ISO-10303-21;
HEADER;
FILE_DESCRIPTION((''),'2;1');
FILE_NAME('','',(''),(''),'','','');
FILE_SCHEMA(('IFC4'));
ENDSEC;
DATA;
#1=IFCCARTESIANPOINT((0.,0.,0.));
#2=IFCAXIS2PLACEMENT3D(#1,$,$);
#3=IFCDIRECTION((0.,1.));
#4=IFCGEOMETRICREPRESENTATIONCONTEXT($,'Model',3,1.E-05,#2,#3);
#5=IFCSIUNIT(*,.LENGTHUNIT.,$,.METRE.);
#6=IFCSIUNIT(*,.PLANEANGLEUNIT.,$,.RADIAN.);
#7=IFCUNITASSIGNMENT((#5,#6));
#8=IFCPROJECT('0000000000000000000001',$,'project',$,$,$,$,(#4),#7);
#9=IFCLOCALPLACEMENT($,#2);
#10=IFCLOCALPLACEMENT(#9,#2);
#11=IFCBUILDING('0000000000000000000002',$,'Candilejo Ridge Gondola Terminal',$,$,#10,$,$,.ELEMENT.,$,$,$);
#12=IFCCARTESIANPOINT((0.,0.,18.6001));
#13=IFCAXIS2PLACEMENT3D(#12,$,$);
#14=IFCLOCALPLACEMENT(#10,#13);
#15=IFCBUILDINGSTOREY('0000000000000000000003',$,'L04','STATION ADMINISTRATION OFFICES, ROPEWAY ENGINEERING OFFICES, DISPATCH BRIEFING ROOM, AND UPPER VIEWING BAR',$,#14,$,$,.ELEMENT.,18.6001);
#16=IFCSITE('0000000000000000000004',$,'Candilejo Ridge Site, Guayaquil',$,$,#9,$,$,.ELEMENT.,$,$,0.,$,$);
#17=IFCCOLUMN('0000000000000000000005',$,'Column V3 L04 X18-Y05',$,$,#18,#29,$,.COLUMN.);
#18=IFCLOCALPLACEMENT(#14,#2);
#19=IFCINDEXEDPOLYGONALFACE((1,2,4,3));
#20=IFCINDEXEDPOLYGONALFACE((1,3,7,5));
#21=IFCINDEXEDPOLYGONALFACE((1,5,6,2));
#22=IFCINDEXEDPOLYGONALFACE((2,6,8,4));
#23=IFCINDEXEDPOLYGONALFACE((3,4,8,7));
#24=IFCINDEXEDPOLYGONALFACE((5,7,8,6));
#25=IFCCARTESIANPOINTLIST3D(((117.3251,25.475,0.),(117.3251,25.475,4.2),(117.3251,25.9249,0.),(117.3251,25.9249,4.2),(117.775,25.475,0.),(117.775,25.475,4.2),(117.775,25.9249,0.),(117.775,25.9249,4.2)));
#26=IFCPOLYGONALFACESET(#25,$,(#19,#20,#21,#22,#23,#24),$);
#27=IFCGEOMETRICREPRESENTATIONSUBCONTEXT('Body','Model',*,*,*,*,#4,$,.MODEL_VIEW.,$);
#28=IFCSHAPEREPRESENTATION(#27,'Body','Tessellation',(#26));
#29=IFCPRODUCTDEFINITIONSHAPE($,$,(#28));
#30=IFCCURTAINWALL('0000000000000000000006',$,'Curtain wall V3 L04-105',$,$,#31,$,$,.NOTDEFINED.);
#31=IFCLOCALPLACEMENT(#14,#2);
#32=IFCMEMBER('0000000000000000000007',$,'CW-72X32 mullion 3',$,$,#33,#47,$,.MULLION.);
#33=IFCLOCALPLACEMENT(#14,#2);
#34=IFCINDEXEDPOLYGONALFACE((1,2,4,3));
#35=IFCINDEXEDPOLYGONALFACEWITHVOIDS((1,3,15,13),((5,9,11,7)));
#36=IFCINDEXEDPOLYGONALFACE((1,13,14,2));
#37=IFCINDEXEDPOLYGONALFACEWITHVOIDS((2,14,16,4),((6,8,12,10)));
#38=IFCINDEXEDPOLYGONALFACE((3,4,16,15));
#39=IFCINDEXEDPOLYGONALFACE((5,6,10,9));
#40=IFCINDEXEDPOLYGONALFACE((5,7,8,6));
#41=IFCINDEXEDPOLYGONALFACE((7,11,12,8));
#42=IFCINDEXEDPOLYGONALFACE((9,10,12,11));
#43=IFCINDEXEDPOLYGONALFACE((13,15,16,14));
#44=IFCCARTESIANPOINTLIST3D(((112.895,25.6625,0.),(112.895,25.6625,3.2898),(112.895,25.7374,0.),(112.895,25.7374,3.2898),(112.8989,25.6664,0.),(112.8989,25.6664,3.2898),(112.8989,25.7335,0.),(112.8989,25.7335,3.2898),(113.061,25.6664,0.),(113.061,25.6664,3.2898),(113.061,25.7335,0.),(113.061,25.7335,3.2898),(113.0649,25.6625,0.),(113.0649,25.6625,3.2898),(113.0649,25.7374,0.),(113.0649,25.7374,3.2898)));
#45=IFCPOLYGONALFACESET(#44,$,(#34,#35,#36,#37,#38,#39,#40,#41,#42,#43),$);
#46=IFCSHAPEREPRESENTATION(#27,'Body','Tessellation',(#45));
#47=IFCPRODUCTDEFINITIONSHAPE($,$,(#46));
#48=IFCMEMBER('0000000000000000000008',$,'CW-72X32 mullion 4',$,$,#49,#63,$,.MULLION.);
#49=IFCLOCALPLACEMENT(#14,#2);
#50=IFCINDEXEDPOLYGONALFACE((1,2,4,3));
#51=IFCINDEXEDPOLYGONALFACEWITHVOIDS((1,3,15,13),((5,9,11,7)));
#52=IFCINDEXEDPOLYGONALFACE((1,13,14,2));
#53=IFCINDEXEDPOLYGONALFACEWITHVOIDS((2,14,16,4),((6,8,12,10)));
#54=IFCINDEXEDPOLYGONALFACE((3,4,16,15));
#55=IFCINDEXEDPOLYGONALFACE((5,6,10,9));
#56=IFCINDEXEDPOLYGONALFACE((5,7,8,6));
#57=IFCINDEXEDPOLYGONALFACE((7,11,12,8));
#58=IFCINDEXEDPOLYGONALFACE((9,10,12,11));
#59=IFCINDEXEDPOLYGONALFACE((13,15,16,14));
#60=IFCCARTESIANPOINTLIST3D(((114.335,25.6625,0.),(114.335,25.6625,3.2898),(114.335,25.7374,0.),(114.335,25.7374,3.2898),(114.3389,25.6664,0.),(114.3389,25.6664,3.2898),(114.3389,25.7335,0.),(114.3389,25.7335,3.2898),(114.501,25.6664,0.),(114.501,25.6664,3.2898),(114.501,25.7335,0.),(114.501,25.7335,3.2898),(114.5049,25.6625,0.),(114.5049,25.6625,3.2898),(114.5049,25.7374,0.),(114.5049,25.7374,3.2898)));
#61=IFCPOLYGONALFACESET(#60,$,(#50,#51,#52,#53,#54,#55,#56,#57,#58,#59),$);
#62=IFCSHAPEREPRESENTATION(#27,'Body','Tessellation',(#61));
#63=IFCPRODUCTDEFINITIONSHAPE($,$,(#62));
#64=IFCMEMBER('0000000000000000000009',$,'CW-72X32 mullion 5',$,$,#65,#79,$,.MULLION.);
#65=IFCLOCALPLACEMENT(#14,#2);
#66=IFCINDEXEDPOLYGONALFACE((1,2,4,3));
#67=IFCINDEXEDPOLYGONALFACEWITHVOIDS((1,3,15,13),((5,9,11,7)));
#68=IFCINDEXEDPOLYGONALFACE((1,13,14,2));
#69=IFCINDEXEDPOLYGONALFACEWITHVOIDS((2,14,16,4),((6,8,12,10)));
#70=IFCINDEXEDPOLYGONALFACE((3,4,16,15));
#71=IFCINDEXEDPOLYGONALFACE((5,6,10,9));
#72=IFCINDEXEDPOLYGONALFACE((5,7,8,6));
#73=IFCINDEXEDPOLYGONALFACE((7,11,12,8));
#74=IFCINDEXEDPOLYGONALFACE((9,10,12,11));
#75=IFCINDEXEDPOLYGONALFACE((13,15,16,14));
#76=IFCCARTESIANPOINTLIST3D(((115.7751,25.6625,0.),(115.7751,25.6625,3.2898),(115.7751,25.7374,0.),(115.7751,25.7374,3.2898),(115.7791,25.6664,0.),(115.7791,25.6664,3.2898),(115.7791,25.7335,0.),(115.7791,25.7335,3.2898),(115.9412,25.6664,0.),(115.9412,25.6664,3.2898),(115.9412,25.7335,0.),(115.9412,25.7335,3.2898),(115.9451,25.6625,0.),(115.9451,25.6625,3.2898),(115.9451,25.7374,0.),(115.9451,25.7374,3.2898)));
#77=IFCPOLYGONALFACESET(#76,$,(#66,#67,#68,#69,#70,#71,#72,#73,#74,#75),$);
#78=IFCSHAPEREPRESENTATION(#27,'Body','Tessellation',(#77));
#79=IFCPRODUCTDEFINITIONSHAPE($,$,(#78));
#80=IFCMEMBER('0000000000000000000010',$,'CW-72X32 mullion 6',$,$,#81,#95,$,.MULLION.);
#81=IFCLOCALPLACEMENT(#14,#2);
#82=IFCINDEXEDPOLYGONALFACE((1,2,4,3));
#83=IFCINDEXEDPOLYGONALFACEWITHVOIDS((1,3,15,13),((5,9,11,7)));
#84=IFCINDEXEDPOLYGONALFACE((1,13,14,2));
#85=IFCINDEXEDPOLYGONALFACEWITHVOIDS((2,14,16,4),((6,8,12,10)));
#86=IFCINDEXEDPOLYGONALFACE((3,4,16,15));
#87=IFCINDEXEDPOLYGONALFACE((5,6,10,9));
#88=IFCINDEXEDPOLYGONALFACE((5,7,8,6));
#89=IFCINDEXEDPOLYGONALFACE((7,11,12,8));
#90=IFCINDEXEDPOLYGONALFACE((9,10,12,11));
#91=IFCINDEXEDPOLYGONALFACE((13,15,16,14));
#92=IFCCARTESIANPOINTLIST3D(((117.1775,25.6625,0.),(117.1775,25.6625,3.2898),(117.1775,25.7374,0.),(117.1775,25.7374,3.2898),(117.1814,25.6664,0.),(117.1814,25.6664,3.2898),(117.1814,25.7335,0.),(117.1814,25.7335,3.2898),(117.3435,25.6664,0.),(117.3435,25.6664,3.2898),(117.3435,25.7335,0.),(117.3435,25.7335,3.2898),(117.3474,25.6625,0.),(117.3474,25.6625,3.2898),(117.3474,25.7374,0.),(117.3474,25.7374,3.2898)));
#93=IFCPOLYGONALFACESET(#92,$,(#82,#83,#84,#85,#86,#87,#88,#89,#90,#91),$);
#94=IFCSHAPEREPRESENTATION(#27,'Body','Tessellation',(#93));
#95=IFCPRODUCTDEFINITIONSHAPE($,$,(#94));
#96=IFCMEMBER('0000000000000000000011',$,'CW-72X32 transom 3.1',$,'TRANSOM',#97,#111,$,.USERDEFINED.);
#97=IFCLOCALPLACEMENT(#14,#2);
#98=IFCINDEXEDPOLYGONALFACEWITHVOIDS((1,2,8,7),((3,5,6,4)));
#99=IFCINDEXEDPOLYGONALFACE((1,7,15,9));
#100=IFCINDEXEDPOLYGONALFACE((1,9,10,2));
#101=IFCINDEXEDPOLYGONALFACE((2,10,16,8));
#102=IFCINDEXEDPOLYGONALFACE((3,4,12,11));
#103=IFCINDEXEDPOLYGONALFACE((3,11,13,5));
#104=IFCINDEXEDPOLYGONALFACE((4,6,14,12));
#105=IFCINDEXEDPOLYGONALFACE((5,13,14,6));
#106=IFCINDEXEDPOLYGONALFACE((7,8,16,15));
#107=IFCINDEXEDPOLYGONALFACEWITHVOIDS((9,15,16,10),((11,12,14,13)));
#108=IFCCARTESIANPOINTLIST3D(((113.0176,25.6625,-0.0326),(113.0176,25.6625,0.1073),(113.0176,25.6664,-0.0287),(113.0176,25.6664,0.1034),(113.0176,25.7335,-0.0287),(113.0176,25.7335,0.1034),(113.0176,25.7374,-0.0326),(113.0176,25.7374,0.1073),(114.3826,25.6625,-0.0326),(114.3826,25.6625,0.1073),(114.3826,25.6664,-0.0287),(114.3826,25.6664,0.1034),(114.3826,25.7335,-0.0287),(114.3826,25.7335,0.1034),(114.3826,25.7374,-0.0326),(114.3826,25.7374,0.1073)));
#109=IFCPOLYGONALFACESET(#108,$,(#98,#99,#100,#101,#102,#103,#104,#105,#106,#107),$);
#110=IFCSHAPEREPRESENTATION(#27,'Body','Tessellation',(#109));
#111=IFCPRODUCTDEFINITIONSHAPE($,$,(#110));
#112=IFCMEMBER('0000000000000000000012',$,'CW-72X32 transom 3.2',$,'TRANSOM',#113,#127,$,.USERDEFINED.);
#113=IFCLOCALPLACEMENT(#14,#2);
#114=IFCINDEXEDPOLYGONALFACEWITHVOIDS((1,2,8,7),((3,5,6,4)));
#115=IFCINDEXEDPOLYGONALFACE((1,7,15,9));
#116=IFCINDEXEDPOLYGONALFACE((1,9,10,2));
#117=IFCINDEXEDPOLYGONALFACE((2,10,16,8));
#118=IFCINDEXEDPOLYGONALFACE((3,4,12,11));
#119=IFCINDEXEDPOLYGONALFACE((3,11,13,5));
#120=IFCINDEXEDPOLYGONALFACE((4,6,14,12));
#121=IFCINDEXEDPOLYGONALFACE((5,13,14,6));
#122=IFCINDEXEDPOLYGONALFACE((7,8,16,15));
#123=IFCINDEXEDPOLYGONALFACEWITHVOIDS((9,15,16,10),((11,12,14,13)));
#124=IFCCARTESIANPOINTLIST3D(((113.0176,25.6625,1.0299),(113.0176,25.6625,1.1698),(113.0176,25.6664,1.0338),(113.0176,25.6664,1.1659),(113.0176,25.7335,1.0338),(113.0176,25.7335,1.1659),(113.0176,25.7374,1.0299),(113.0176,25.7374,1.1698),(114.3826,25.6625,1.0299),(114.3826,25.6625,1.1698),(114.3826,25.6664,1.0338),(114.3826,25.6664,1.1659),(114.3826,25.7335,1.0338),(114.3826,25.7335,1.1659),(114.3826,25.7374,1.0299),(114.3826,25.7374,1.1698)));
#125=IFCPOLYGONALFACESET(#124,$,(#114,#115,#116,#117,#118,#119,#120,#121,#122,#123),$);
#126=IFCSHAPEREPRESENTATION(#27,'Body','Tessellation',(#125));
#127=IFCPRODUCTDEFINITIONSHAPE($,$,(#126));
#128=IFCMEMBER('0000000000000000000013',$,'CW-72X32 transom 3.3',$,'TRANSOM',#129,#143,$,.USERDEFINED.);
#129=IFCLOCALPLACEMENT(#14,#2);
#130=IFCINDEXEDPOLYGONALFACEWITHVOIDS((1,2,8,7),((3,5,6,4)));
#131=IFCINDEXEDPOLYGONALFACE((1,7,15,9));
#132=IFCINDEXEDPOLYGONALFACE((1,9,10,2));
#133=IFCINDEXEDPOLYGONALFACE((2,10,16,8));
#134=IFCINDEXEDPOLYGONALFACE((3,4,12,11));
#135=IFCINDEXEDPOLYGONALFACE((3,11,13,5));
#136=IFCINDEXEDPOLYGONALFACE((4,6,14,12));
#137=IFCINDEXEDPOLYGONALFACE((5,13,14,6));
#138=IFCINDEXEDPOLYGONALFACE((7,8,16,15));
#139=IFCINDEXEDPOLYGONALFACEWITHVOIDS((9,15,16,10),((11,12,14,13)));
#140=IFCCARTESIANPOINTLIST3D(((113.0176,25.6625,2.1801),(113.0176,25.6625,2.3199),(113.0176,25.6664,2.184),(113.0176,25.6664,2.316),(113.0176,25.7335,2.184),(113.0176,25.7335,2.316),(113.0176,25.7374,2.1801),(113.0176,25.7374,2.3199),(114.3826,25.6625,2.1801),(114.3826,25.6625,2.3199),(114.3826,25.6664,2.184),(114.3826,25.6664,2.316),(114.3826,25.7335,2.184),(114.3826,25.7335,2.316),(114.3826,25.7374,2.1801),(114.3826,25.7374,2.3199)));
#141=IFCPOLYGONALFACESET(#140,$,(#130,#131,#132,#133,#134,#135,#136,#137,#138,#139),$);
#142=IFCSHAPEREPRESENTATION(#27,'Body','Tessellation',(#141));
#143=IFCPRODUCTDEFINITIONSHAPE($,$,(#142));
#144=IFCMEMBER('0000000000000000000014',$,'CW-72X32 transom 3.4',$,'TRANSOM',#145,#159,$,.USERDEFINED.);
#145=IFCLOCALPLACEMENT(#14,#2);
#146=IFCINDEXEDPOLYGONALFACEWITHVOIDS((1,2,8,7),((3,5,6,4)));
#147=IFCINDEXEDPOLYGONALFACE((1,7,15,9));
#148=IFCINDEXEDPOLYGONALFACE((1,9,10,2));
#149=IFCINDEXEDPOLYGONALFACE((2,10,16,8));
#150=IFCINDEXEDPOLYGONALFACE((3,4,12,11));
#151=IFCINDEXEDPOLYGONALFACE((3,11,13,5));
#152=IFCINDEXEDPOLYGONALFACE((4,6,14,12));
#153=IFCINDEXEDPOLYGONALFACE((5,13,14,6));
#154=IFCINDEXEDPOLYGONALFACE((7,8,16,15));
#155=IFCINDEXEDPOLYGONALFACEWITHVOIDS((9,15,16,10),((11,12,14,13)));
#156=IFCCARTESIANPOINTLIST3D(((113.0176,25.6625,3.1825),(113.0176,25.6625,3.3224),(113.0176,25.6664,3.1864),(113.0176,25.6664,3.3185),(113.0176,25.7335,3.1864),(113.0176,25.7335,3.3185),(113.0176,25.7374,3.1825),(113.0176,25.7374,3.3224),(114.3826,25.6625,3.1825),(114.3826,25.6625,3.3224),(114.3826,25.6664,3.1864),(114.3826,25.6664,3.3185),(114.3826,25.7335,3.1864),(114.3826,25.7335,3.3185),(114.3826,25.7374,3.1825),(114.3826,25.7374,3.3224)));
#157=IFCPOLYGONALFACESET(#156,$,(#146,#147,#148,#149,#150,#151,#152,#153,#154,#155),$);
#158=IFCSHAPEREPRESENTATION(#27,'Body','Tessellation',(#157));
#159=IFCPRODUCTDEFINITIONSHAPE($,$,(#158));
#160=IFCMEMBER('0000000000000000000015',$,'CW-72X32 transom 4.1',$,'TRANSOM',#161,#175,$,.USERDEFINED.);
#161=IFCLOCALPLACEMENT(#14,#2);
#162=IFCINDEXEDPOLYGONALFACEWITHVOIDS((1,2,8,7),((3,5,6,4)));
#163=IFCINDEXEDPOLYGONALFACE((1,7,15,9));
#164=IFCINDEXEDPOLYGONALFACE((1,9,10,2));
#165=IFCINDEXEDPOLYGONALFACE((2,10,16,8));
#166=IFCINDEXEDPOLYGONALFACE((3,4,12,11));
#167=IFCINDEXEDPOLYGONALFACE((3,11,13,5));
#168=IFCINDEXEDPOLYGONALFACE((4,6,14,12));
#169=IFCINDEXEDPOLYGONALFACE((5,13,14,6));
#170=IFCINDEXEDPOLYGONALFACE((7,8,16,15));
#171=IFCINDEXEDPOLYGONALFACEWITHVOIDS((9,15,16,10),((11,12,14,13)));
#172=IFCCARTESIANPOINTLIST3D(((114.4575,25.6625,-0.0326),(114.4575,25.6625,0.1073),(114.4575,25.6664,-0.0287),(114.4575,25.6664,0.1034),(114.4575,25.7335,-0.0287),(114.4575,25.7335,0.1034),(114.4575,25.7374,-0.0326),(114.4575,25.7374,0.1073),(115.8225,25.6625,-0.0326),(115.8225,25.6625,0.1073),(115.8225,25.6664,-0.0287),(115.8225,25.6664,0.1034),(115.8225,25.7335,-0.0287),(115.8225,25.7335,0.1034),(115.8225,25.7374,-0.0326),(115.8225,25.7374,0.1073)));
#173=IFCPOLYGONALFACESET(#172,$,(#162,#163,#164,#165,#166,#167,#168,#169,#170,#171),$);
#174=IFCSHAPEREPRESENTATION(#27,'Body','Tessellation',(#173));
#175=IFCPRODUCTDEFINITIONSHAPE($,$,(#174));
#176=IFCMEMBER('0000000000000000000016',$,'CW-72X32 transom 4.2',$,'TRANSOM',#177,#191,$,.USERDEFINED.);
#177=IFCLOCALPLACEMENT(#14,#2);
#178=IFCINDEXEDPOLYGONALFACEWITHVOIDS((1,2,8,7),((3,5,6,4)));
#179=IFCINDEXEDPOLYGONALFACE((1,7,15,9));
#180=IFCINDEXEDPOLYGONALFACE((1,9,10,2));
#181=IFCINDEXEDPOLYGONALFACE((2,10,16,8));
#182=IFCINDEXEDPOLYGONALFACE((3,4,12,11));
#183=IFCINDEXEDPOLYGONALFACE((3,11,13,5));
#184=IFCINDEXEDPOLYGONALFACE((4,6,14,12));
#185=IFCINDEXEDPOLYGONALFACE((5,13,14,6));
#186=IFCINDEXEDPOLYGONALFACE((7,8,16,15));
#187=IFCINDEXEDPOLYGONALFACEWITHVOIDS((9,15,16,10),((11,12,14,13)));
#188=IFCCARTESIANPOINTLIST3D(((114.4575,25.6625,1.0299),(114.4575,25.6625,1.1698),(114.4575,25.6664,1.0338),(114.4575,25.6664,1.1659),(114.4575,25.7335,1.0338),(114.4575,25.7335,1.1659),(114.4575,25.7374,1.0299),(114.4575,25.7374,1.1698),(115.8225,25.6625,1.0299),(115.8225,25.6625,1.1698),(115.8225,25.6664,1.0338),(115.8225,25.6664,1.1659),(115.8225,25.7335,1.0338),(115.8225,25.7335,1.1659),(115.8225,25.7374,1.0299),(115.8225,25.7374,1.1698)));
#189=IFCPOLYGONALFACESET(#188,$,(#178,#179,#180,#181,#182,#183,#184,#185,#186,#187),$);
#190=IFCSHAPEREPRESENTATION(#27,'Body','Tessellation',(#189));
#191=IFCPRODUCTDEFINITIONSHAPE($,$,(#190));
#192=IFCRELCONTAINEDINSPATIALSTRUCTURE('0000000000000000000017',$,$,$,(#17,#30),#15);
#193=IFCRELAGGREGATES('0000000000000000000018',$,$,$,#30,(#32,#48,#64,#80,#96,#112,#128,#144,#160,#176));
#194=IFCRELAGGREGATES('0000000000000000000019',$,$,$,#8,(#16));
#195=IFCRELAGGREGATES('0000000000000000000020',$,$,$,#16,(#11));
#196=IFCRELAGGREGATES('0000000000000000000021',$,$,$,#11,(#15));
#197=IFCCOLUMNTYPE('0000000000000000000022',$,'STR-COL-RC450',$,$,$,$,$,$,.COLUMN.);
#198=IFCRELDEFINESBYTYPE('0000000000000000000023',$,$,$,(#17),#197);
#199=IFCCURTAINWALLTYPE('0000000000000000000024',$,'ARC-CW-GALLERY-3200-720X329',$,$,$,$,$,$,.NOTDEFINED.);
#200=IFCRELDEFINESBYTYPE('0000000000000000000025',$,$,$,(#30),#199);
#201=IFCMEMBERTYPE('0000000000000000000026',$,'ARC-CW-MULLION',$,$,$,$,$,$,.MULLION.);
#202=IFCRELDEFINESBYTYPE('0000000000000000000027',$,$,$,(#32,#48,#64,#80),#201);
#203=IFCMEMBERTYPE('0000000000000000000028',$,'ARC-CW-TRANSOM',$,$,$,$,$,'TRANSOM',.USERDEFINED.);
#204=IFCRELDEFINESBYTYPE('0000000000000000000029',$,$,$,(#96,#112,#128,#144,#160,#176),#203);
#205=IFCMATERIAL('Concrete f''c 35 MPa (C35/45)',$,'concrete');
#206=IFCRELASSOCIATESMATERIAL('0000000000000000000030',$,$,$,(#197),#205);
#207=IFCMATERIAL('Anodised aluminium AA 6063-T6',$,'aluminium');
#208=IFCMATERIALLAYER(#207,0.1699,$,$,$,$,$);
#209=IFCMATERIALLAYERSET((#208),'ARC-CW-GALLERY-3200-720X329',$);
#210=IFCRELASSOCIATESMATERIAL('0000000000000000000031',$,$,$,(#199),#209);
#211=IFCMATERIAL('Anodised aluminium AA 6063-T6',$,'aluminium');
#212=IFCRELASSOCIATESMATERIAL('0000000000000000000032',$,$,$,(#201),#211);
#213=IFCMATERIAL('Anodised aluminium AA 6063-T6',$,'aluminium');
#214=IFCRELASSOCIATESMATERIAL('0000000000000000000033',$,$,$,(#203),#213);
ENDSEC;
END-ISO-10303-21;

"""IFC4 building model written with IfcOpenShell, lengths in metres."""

from ifc_helpers import new_model, si_unit, direction, frame, origin, origin_2d, place, context, subcontext, project, spatial, rectangle, hollow_rectangle, extrude, material, layer, layer_set, material_profile, profile_set, type_object, element, aggregate, save


model = new_model("IFC4")

# Units and contexts
model_context = context("Model", 3, precision=1e-05, world=origin(), true_north=direction((0.0, 1.0)))
body_context = subcontext(model_context, "Body", "Model", "MODEL_VIEW")
ifc_project = project(units=[si_unit("LENGTHUNIT", "METRE"), si_unit("PLANEANGLEUNIT", "RADIAN")], contexts=[model_context])

# Site, building, storey
site_placement = place(None, origin())
site = spatial("IfcSite", under=ifc_project, at=site_placement, Name="Candilejo Ridge Site, Guayaquil", CompositionType="ELEMENT", RefElevation=0.0)
building_placement = place(site_placement, origin())
building = spatial("IfcBuilding", under=site, at=building_placement, Name="Candilejo Ridge Gondola Terminal", CompositionType="ELEMENT")
storey_placement = place(building_placement, frame((0.0, 0.0, 18.6001)))
storey = spatial("IfcBuildingStorey", under=building, at=storey_placement, Name="L04", Description="STATION ADMINISTRATION OFFICES, ROPEWAY ENGINEERING OFFICES, DISPATCH BRIEFING ROOM, AND UPPER VIEWING BAR", CompositionType="ELEMENT", Elevation=18.6001)

# Column
ifc_material_1 = material(Name="Concrete f'c 35 MPa (C35/45)", Category="concrete")
ifc_material_profile_1 = material_profile(ifc_material_1, rectangle(XDim=0.45, YDim=0.45, at=origin_2d()))
ifc_profile_set_1 = profile_set([ifc_material_profile_1], Name="Concrete f'c 35 MPa (C35/45)")
column_type = type_object("IfcColumnType", Name="STR-COL-RC450", PredefinedType="COLUMN", material=ifc_profile_set_1)
column_placement = place(storey_placement, frame((117.55, 25.7, 0.0), z_axis=(0.0, 0.0, 1.0), x_axis=(1.0, 0.0, 0.0)))
element("IfcColumn", 1, at=column_placement, inside=storey, type_object=column_type, Name="Column V3 L04 X18-Y05", PredefinedType="COLUMN", context=body_context, shape_type="SweptSolid", body=[
    extrude(rectangle(XDim=0.45, YDim=0.45, at=origin_2d()), origin(), (0.0, 0.0, 1.0), 4.2),
])

# Curtain wall, members
ifc_material_2 = material(Name="Anodised aluminium AA 6063-T6", Category="aluminium")
ifc_layer_1 = layer(ifc_material_2, 0.1699)
ifc_layer_set_1 = layer_set([ifc_layer_1], Name="ARC-CW-GALLERY-3200-720X329")
curtain_wall_type = type_object("IfcCurtainWallType", Name="ARC-CW-GALLERY-3200-720X329", PredefinedType="NOTDEFINED", material=ifc_layer_set_1)
curtain_wall_placement = place(storey_placement, origin())
curtain_wall = element("IfcCurtainWall", 2, at=curtain_wall_placement, inside=storey, type_object=curtain_wall_type, Name="Curtain wall V3 L04-105", PredefinedType="NOTDEFINED")
ifc_material_3 = material(Name="Anodised aluminium AA 6063-T6", Category="aluminium")
ifc_material_profile_2 = material_profile(ifc_material_3, hollow_rectangle(XDim=0.075, YDim=0.1699, WallThickness=0.0039, at=origin_2d()))
ifc_profile_set_2 = profile_set([ifc_material_profile_2], Name="Anodised aluminium AA 6063-T6")
member_type_1 = type_object("IfcMemberType", Name="ARC-CW-MULLION", PredefinedType="MULLION", material=ifc_profile_set_2)
member_1_placement = place(storey_placement, frame((112.98, 25.7, 0.0), z_axis=(0.0, 0.0, 1.0), x_axis=(0.0, 1.0, 0.0)))
member_1 = element("IfcMember", 3, at=member_1_placement, type_object=member_type_1, Name="CW-72X32 mullion 3", PredefinedType="MULLION", context=body_context, shape_type="SweptSolid", body=[
    extrude(hollow_rectangle(XDim=0.075, YDim=0.1699, WallThickness=0.0039, at=origin_2d()), origin(), (0.0, 0.0, 1.0), 3.2898),
])
member_2_placement = place(storey_placement, frame((114.4199, 25.7, 0.0), z_axis=(0.0, 0.0, 1.0), x_axis=(0.0, 1.0, 0.0)))
member_2 = element("IfcMember", 4, at=member_2_placement, type_object=member_type_1, Name="CW-72X32 mullion 4", PredefinedType="MULLION", context=body_context, shape_type="SweptSolid", body=[
    extrude(hollow_rectangle(XDim=0.075, YDim=0.1699, WallThickness=0.0039, at=origin_2d()), origin(), (0.0, 0.0, 1.0), 3.2898),
])
member_3_placement = place(storey_placement, frame((115.8601, 25.7, 0.0), z_axis=(0.0, 0.0, 1.0), x_axis=(0.0, 1.0, 0.0)))
member_3 = element("IfcMember", 5, at=member_3_placement, type_object=member_type_1, Name="CW-72X32 mullion 5", PredefinedType="MULLION", context=body_context, shape_type="SweptSolid", body=[
    extrude(hollow_rectangle(XDim=0.075, YDim=0.1699, WallThickness=0.0039, at=origin_2d()), origin(), (0.0, 0.0, 1.0), 3.2898),
])
member_4_placement = place(storey_placement, frame((117.2625, 25.7, 0.0), z_axis=(0.0, 0.0, 1.0), x_axis=(0.0, 1.0, 0.0)))
member_4 = element("IfcMember", 6, at=member_4_placement, type_object=member_type_1, Name="CW-72X32 mullion 6", PredefinedType="MULLION", context=body_context, shape_type="SweptSolid", body=[
    extrude(hollow_rectangle(XDim=0.075, YDim=0.1699, WallThickness=0.0039, at=origin_2d()), origin(), (0.0, 0.0, 1.0), 3.2898),
])
ifc_material_4 = material(Name="Anodised aluminium AA 6063-T6", Category="aluminium")
ifc_material_profile_3 = material_profile(ifc_material_4, hollow_rectangle(XDim=0.075, YDim=0.1399, WallThickness=0.0039, at=origin_2d()))
ifc_profile_set_3 = profile_set([ifc_material_profile_3], Name="Anodised aluminium AA 6063-T6")
member_type_2 = type_object("IfcMemberType", Name="ARC-CW-TRANSOM", ElementType="TRANSOM", PredefinedType="USERDEFINED", material=ifc_profile_set_3)
member_5_placement = place(storey_placement, frame((113.0176, 25.7, 0.0374), z_axis=(1.0, 0.0, 0.0), x_axis=(0.0, 1.0, 0.0)))
member_5 = element("IfcMember", 7, at=member_5_placement, type_object=member_type_2, Name="CW-72X32 transom 3.1", ObjectType="TRANSOM", PredefinedType="USERDEFINED", context=body_context, shape_type="SweptSolid", body=[
    extrude(hollow_rectangle(XDim=0.075, YDim=0.1399, WallThickness=0.0039, at=origin_2d()), origin(), (0.0, 0.0, 1.0), 1.365),
])
member_6_placement = place(storey_placement, frame((113.0176, 25.7, 1.0999), z_axis=(1.0, 0.0, 0.0), x_axis=(0.0, 1.0, 0.0)))
member_6 = element("IfcMember", 8, at=member_6_placement, type_object=member_type_2, Name="CW-72X32 transom 3.2", ObjectType="TRANSOM", PredefinedType="USERDEFINED", context=body_context, shape_type="SweptSolid", body=[
    extrude(hollow_rectangle(XDim=0.075, YDim=0.1399, WallThickness=0.0039, at=origin_2d()), origin(), (0.0, 0.0, 1.0), 1.365),
])
member_7_placement = place(storey_placement, frame((113.0176, 25.7, 2.25), z_axis=(1.0, 0.0, 0.0), x_axis=(0.0, 1.0, 0.0)))
member_7 = element("IfcMember", 9, at=member_7_placement, type_object=member_type_2, Name="CW-72X32 transom 3.3", ObjectType="TRANSOM", PredefinedType="USERDEFINED", context=body_context, shape_type="SweptSolid", body=[
    extrude(hollow_rectangle(XDim=0.075, YDim=0.1399, WallThickness=0.0039, at=origin_2d()), origin(), (0.0, 0.0, 1.0), 1.365),
])
member_8_placement = place(storey_placement, frame((113.0176, 25.7, 3.2524), z_axis=(1.0, 0.0, 0.0), x_axis=(0.0, 1.0, 0.0)))
member_8 = element("IfcMember", 10, at=member_8_placement, type_object=member_type_2, Name="CW-72X32 transom 3.4", ObjectType="TRANSOM", PredefinedType="USERDEFINED", context=body_context, shape_type="SweptSolid", body=[
    extrude(hollow_rectangle(XDim=0.075, YDim=0.1399, WallThickness=0.0039, at=origin_2d()), origin(), (0.0, 0.0, 1.0), 1.365),
])
member_9_placement = place(storey_placement, frame((114.4575, 25.7, 0.0374), z_axis=(1.0, 0.0, 0.0), x_axis=(0.0, 1.0, 0.0)))
member_9 = element("IfcMember", 11, at=member_9_placement, type_object=member_type_2, Name="CW-72X32 transom 4.1", ObjectType="TRANSOM", PredefinedType="USERDEFINED", context=body_context, shape_type="SweptSolid", body=[
    extrude(hollow_rectangle(XDim=0.075, YDim=0.1399, WallThickness=0.0039, at=origin_2d()), origin(), (0.0, 0.0, 1.0), 1.365),
])
member_10_placement = place(storey_placement, frame((114.4575, 25.7, 1.0999), z_axis=(1.0, 0.0, 0.0), x_axis=(0.0, 1.0, 0.0)))
member_10 = element("IfcMember", 12, at=member_10_placement, type_object=member_type_2, Name="CW-72X32 transom 4.2", ObjectType="TRANSOM", PredefinedType="USERDEFINED", context=body_context, shape_type="SweptSolid", body=[
    extrude(hollow_rectangle(XDim=0.075, YDim=0.1399, WallThickness=0.0039, at=origin_2d()), origin(), (0.0, 0.0, 1.0), 1.365),
])

aggregate(curtain_wall, [member_1, member_2, member_3, member_4, member_5, member_6, member_7, member_8, member_9, member_10])

save(model, "model.ifc")
